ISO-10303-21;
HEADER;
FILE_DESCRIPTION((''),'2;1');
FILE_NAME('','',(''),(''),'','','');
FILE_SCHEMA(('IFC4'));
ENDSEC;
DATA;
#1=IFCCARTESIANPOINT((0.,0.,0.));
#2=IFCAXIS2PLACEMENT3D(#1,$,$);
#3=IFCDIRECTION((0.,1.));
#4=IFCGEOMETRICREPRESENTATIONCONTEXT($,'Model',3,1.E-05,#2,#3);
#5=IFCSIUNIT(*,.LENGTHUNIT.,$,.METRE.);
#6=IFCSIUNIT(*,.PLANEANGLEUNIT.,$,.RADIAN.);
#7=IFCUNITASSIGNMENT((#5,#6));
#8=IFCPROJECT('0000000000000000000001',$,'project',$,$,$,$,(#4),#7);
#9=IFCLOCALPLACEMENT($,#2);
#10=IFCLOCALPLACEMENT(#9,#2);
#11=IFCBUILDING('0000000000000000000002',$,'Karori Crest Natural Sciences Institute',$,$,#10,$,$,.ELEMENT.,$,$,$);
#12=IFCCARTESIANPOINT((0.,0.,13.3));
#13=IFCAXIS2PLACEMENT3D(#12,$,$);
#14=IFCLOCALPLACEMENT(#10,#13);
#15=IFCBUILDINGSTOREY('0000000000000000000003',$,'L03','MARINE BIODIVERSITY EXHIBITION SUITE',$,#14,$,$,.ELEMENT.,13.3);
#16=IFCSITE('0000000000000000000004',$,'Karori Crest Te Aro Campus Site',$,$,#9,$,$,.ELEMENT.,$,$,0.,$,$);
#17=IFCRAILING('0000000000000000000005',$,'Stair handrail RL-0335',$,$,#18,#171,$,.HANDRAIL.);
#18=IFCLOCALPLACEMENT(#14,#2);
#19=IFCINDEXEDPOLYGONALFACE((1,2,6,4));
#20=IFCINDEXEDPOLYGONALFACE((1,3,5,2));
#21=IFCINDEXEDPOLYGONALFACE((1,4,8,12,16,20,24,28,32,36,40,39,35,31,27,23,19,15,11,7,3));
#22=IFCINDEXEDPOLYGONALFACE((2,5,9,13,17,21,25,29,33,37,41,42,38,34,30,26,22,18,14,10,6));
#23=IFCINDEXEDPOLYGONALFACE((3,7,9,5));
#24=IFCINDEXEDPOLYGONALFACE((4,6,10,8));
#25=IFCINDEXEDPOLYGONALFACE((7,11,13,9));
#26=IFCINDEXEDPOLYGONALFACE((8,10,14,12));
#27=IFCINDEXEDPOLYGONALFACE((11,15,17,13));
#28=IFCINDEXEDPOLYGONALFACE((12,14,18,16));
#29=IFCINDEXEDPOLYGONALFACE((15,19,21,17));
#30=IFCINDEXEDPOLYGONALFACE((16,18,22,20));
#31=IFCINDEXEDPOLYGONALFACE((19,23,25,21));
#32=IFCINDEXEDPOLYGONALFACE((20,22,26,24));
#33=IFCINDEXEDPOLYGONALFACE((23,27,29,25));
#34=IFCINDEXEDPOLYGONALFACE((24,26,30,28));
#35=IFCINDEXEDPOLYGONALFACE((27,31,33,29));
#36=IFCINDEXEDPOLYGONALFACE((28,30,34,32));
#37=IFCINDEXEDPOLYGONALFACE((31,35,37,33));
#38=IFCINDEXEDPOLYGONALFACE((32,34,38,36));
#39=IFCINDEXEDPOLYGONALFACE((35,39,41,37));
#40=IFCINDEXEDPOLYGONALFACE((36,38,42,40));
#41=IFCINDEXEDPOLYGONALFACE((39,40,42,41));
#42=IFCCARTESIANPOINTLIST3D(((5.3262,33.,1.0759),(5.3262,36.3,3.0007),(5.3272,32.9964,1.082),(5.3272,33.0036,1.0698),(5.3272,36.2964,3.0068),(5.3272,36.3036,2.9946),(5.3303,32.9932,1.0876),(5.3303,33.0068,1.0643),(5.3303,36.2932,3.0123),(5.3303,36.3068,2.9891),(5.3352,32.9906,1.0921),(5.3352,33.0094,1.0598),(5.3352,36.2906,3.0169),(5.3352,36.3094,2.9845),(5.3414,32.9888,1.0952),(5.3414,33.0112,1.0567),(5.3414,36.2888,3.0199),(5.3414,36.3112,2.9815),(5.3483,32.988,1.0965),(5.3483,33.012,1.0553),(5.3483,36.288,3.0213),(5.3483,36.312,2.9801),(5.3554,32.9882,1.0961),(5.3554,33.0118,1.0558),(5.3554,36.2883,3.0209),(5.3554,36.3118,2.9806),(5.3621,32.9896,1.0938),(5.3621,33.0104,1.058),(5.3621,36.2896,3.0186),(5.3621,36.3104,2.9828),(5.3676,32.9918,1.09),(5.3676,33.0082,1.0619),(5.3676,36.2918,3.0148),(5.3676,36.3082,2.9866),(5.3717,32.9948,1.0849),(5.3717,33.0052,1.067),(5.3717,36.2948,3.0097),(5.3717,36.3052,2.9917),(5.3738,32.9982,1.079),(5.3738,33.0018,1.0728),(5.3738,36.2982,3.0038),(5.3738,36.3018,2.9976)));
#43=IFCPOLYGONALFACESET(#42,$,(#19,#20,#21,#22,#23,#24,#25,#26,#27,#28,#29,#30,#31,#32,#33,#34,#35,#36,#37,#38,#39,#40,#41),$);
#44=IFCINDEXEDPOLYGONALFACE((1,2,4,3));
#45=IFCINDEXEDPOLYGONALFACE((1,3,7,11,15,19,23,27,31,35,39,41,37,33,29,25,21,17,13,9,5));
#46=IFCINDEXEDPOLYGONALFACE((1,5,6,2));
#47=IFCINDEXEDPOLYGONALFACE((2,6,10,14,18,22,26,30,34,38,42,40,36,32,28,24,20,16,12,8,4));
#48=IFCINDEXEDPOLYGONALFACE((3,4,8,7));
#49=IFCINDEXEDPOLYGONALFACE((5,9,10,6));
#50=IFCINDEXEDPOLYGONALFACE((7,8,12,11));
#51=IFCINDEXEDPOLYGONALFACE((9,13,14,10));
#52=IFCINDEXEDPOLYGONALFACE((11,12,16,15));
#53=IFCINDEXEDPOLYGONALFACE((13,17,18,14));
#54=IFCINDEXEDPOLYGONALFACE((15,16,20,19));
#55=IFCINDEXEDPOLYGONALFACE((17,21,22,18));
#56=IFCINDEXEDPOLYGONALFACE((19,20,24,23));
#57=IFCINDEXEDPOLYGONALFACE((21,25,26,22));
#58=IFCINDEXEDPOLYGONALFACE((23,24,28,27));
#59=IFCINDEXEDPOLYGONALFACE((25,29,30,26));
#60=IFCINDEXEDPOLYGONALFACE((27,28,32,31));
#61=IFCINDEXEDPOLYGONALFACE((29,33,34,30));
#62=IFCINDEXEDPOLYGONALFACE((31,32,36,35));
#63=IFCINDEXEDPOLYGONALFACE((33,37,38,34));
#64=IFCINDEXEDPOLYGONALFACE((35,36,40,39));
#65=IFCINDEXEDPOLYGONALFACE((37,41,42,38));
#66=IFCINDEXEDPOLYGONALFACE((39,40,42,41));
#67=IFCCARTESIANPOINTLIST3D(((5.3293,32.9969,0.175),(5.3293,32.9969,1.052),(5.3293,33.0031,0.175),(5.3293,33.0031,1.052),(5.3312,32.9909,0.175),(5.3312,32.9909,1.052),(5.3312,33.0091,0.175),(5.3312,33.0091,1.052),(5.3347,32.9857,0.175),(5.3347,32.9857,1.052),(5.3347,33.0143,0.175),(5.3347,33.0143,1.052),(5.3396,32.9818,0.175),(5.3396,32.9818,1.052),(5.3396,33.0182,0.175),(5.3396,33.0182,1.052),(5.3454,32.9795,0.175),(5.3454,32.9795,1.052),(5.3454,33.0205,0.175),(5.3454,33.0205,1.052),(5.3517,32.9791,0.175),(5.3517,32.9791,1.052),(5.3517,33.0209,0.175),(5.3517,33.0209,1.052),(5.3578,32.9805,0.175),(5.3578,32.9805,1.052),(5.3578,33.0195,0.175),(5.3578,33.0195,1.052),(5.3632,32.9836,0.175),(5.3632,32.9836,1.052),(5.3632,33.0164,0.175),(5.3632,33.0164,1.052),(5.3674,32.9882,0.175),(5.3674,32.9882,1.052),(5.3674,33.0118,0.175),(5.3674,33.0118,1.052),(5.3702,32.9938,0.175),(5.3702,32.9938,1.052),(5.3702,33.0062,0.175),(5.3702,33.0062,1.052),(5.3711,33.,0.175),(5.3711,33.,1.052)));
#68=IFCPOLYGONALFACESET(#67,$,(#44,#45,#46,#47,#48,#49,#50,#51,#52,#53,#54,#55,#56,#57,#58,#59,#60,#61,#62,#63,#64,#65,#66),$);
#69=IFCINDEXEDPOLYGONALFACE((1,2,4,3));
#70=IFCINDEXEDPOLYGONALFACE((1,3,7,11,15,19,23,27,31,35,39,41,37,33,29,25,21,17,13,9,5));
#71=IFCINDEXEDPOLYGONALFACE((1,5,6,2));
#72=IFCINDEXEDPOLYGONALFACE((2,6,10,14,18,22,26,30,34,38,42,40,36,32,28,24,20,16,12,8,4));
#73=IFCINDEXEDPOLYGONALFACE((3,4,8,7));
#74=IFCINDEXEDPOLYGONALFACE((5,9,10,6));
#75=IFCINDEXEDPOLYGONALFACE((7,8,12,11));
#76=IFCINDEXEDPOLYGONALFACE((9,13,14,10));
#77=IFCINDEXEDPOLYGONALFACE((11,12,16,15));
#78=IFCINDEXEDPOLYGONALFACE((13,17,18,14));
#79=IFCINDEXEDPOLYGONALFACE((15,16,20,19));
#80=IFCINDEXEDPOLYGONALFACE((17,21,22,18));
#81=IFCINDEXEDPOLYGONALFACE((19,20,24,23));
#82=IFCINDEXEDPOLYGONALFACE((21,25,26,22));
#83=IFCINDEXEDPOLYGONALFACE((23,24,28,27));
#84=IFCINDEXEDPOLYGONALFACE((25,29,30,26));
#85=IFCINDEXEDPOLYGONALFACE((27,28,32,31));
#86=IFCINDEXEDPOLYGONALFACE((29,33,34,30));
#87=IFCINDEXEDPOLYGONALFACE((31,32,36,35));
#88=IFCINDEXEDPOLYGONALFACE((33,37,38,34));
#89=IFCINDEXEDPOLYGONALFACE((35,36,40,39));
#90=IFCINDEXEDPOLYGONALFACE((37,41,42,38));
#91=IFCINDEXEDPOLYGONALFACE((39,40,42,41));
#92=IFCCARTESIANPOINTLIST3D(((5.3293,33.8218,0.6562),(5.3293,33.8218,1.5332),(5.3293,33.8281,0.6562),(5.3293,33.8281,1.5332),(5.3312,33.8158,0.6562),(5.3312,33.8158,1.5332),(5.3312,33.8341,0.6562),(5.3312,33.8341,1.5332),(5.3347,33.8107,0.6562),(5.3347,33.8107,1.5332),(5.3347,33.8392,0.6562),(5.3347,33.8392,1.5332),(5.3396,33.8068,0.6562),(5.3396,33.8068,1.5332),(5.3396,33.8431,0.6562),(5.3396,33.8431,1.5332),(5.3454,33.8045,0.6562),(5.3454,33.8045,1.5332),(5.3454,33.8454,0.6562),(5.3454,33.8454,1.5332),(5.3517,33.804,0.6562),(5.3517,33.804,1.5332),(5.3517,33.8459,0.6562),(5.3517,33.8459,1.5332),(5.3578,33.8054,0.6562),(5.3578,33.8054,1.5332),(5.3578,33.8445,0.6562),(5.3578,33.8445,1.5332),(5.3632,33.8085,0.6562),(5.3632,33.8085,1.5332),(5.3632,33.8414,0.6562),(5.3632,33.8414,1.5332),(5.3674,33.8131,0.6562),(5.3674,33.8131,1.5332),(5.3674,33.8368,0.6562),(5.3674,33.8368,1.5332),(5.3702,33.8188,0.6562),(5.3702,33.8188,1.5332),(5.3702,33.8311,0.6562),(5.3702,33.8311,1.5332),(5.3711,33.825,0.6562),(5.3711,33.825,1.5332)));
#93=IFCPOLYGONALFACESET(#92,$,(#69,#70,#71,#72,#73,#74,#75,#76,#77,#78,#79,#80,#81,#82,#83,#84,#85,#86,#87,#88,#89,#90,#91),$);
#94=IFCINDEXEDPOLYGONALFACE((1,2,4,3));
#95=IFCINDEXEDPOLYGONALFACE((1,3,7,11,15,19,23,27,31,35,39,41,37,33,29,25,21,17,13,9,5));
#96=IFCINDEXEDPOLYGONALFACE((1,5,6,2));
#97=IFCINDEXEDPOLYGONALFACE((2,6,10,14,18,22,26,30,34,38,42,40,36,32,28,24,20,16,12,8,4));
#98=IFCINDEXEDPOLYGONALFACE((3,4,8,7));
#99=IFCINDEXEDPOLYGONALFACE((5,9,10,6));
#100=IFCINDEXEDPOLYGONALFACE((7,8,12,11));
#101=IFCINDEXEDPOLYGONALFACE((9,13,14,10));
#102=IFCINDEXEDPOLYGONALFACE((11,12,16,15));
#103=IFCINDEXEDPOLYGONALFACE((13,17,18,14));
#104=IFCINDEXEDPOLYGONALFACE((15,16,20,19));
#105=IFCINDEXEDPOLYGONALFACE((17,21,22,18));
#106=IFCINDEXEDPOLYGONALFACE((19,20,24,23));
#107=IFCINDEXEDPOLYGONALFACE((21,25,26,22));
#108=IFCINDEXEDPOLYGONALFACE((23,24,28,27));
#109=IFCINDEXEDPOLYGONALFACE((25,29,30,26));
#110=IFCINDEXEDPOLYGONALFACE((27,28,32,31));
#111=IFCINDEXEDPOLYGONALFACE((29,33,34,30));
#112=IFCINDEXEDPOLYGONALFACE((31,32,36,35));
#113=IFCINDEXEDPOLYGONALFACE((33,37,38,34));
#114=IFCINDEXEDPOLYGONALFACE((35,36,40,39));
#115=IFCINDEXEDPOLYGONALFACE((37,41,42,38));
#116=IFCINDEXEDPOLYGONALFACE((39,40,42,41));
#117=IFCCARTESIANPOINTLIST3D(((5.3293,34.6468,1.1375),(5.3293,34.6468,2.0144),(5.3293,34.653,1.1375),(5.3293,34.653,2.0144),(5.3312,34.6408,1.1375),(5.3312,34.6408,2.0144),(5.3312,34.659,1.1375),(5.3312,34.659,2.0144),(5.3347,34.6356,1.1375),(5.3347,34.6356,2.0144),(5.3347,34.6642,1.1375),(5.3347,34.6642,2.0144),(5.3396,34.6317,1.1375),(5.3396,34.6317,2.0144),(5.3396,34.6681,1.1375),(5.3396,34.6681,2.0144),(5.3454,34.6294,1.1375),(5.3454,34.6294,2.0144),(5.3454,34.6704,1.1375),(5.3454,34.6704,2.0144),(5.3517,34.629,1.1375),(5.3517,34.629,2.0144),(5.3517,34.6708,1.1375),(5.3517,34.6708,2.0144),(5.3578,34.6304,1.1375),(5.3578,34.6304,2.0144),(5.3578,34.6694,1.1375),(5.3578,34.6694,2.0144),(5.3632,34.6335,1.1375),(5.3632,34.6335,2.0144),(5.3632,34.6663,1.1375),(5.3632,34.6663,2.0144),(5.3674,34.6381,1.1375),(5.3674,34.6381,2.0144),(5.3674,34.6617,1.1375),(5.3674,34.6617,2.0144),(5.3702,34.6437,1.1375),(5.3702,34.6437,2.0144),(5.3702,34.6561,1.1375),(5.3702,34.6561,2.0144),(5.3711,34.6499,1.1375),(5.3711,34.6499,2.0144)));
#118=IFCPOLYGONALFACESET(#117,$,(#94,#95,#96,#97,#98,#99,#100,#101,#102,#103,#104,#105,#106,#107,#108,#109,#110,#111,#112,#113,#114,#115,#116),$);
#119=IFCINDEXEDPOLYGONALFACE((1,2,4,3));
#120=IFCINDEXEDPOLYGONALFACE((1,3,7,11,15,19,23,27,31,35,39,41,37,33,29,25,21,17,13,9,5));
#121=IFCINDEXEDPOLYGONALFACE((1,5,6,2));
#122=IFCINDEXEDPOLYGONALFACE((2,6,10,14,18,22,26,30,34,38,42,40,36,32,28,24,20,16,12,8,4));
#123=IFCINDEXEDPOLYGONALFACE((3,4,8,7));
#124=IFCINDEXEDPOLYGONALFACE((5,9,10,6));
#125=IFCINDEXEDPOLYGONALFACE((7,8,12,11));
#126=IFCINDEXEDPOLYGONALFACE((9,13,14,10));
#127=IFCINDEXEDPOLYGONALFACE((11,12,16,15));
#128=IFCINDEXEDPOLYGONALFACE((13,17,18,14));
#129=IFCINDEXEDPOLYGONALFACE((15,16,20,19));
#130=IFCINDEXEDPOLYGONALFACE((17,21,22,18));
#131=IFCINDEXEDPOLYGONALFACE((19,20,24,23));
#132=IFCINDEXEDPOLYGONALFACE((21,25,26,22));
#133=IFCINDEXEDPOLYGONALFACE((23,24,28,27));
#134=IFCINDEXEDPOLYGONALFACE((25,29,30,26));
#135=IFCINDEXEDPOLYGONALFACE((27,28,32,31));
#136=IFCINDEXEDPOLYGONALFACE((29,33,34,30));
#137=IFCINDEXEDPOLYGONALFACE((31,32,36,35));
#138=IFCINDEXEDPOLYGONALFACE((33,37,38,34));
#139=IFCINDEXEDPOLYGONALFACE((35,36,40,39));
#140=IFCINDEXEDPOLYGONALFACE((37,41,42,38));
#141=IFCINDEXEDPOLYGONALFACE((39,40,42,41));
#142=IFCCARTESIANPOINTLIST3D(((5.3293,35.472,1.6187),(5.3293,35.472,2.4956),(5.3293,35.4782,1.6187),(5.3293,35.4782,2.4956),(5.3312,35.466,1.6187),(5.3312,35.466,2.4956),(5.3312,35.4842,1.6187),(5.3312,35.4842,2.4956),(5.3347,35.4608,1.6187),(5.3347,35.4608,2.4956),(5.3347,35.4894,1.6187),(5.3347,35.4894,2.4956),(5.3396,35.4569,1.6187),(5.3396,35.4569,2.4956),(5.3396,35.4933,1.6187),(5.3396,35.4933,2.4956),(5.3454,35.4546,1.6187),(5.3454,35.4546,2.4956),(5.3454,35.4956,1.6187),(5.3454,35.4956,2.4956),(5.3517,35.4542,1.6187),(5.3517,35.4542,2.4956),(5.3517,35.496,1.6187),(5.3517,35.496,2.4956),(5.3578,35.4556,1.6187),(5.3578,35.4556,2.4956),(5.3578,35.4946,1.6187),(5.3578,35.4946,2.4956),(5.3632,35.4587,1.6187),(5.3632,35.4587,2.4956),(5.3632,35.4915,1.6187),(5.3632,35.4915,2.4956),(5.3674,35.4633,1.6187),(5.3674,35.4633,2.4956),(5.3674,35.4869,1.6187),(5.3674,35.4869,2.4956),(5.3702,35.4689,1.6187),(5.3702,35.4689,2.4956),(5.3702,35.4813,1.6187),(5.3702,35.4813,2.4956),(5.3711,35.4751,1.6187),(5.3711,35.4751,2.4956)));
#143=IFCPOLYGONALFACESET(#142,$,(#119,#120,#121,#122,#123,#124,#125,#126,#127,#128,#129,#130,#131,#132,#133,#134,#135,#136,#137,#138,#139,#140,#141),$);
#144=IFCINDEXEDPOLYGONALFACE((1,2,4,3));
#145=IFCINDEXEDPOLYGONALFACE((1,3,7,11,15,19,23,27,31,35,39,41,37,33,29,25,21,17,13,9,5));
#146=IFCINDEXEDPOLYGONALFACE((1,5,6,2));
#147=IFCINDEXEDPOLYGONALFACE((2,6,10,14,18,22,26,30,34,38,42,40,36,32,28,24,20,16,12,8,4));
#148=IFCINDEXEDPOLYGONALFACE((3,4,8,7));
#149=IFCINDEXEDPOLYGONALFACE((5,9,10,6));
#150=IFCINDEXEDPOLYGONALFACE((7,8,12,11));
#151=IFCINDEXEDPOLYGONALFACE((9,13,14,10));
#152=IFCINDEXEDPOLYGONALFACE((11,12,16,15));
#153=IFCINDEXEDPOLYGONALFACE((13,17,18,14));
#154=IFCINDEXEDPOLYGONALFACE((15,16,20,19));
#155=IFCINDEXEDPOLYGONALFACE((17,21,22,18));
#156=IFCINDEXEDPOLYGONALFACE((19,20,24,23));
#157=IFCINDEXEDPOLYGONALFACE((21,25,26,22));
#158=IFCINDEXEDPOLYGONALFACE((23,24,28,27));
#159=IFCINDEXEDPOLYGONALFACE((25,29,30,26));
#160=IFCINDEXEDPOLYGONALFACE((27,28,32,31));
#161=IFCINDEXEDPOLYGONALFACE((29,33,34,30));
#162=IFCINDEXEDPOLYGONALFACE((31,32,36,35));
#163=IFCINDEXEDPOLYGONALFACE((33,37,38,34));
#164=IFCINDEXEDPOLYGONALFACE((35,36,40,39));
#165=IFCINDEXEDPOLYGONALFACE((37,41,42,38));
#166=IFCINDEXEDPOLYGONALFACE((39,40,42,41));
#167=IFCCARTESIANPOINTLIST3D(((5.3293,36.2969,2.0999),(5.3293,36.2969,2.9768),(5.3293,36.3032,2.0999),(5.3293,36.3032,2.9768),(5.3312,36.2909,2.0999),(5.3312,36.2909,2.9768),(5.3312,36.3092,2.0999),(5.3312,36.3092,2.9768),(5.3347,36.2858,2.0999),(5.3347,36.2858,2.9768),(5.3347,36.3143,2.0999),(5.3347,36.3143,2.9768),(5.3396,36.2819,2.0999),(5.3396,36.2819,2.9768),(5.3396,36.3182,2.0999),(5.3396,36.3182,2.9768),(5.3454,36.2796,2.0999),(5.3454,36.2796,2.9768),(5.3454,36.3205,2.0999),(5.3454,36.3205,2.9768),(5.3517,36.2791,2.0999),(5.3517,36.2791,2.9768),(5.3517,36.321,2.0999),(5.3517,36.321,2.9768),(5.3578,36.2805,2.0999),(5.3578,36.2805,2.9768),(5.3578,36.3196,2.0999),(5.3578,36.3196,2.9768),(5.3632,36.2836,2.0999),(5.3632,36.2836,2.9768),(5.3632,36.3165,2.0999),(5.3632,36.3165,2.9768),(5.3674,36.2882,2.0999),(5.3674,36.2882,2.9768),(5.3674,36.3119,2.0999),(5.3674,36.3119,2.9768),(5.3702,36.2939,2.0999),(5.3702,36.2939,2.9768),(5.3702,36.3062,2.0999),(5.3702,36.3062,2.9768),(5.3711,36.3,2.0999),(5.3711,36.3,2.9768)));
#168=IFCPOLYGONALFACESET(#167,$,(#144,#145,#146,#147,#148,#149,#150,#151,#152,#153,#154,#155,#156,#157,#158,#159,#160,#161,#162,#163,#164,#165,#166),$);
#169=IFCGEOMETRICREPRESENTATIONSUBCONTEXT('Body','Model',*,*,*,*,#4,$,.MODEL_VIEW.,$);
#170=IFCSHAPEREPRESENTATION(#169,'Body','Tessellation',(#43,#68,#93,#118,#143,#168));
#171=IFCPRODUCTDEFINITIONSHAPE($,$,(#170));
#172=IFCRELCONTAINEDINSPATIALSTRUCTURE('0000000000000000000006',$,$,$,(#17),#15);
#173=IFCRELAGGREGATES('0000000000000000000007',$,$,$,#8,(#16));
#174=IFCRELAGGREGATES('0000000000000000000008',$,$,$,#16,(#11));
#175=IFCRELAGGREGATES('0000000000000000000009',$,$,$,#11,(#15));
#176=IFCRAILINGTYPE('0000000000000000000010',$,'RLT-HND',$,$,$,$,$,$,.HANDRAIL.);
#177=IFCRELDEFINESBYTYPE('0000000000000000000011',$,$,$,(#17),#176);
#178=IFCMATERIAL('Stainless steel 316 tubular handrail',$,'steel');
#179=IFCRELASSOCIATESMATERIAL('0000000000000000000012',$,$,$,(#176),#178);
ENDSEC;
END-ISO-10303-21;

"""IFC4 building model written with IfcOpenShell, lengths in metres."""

from ifc_helpers import new_model, si_unit, direction, frame, origin, origin_2d, place, context, subcontext, project, spatial, circle, extrude, material, type_object, element, save


model = new_model("IFC4")

# Units and contexts
model_context = context("Model", 3, precision=1e-05, world=origin(), true_north=direction((0.0, 1.0)))
body_context = subcontext(model_context, "Body", "Model", "MODEL_VIEW")
ifc_project = project(units=[si_unit("LENGTHUNIT", "METRE"), si_unit("PLANEANGLEUNIT", "RADIAN")], contexts=[model_context])

# Site, building, storey
site_placement = place(None, origin())
site = spatial("IfcSite", under=ifc_project, at=site_placement, Name="Karori Crest Te Aro Campus Site", CompositionType="ELEMENT", RefElevation=0.0)
building_placement = place(site_placement, origin())
building = spatial("IfcBuilding", under=site, at=building_placement, Name="Karori Crest Natural Sciences Institute", CompositionType="ELEMENT")
storey_placement = place(building_placement, frame((0.0, 0.0, 13.3)))
storey = spatial("IfcBuildingStorey", under=building, at=storey_placement, Name="L03", Description="MARINE BIODIVERSITY EXHIBITION SUITE", CompositionType="ELEMENT", Elevation=13.3)

# Railing
ifc_material_1 = material(Name="Stainless steel 316 tubular handrail", Category="steel")
railing_type_1 = type_object("IfcRailingType", Name="RLT-HND", PredefinedType="HANDRAIL", material=ifc_material_1)
railing_1_placement = place(storey_placement, frame((5.3501, 33.0, 0.175)))
element("IfcRailing", 1, at=railing_1_placement, inside=storey, type_object=railing_type_1, Name="Stair handrail RL-0335", PredefinedType="HANDRAIL", context=body_context, shape_type="SweptSolid", body=[
    extrude(circle(Radius=0.0239, at=origin_2d()), frame((0.0, 0.0, 0.9009), z_axis=(0.0, 0.863804, 0.503827), x_axis=(-1.0, 0.0, 0.0)), (0.0, 0.0, 1.0), 3.8203),
    extrude(circle(Radius=0.021, at=origin_2d()), origin(), (0.0, 0.0, 1.0), 0.877),
    extrude(circle(Radius=0.021, at=origin_2d()), frame((0.0, 0.825, 0.4812)), (0.0, 0.0, 1.0), 0.877),
    extrude(circle(Radius=0.021, at=origin_2d()), frame((0.0, 1.6499, 0.9624)), (0.0, 0.0, 1.0), 0.877),
    extrude(circle(Radius=0.021, at=origin_2d()), frame((0.0, 2.4751, 1.4436)), (0.0, 0.0, 1.0), 0.877),
    extrude(circle(Radius=0.021, at=origin_2d()), frame((0.0, 3.3, 1.9248)), (0.0, 0.0, 1.0), 0.877),
])

save(model, "model.ifc")
